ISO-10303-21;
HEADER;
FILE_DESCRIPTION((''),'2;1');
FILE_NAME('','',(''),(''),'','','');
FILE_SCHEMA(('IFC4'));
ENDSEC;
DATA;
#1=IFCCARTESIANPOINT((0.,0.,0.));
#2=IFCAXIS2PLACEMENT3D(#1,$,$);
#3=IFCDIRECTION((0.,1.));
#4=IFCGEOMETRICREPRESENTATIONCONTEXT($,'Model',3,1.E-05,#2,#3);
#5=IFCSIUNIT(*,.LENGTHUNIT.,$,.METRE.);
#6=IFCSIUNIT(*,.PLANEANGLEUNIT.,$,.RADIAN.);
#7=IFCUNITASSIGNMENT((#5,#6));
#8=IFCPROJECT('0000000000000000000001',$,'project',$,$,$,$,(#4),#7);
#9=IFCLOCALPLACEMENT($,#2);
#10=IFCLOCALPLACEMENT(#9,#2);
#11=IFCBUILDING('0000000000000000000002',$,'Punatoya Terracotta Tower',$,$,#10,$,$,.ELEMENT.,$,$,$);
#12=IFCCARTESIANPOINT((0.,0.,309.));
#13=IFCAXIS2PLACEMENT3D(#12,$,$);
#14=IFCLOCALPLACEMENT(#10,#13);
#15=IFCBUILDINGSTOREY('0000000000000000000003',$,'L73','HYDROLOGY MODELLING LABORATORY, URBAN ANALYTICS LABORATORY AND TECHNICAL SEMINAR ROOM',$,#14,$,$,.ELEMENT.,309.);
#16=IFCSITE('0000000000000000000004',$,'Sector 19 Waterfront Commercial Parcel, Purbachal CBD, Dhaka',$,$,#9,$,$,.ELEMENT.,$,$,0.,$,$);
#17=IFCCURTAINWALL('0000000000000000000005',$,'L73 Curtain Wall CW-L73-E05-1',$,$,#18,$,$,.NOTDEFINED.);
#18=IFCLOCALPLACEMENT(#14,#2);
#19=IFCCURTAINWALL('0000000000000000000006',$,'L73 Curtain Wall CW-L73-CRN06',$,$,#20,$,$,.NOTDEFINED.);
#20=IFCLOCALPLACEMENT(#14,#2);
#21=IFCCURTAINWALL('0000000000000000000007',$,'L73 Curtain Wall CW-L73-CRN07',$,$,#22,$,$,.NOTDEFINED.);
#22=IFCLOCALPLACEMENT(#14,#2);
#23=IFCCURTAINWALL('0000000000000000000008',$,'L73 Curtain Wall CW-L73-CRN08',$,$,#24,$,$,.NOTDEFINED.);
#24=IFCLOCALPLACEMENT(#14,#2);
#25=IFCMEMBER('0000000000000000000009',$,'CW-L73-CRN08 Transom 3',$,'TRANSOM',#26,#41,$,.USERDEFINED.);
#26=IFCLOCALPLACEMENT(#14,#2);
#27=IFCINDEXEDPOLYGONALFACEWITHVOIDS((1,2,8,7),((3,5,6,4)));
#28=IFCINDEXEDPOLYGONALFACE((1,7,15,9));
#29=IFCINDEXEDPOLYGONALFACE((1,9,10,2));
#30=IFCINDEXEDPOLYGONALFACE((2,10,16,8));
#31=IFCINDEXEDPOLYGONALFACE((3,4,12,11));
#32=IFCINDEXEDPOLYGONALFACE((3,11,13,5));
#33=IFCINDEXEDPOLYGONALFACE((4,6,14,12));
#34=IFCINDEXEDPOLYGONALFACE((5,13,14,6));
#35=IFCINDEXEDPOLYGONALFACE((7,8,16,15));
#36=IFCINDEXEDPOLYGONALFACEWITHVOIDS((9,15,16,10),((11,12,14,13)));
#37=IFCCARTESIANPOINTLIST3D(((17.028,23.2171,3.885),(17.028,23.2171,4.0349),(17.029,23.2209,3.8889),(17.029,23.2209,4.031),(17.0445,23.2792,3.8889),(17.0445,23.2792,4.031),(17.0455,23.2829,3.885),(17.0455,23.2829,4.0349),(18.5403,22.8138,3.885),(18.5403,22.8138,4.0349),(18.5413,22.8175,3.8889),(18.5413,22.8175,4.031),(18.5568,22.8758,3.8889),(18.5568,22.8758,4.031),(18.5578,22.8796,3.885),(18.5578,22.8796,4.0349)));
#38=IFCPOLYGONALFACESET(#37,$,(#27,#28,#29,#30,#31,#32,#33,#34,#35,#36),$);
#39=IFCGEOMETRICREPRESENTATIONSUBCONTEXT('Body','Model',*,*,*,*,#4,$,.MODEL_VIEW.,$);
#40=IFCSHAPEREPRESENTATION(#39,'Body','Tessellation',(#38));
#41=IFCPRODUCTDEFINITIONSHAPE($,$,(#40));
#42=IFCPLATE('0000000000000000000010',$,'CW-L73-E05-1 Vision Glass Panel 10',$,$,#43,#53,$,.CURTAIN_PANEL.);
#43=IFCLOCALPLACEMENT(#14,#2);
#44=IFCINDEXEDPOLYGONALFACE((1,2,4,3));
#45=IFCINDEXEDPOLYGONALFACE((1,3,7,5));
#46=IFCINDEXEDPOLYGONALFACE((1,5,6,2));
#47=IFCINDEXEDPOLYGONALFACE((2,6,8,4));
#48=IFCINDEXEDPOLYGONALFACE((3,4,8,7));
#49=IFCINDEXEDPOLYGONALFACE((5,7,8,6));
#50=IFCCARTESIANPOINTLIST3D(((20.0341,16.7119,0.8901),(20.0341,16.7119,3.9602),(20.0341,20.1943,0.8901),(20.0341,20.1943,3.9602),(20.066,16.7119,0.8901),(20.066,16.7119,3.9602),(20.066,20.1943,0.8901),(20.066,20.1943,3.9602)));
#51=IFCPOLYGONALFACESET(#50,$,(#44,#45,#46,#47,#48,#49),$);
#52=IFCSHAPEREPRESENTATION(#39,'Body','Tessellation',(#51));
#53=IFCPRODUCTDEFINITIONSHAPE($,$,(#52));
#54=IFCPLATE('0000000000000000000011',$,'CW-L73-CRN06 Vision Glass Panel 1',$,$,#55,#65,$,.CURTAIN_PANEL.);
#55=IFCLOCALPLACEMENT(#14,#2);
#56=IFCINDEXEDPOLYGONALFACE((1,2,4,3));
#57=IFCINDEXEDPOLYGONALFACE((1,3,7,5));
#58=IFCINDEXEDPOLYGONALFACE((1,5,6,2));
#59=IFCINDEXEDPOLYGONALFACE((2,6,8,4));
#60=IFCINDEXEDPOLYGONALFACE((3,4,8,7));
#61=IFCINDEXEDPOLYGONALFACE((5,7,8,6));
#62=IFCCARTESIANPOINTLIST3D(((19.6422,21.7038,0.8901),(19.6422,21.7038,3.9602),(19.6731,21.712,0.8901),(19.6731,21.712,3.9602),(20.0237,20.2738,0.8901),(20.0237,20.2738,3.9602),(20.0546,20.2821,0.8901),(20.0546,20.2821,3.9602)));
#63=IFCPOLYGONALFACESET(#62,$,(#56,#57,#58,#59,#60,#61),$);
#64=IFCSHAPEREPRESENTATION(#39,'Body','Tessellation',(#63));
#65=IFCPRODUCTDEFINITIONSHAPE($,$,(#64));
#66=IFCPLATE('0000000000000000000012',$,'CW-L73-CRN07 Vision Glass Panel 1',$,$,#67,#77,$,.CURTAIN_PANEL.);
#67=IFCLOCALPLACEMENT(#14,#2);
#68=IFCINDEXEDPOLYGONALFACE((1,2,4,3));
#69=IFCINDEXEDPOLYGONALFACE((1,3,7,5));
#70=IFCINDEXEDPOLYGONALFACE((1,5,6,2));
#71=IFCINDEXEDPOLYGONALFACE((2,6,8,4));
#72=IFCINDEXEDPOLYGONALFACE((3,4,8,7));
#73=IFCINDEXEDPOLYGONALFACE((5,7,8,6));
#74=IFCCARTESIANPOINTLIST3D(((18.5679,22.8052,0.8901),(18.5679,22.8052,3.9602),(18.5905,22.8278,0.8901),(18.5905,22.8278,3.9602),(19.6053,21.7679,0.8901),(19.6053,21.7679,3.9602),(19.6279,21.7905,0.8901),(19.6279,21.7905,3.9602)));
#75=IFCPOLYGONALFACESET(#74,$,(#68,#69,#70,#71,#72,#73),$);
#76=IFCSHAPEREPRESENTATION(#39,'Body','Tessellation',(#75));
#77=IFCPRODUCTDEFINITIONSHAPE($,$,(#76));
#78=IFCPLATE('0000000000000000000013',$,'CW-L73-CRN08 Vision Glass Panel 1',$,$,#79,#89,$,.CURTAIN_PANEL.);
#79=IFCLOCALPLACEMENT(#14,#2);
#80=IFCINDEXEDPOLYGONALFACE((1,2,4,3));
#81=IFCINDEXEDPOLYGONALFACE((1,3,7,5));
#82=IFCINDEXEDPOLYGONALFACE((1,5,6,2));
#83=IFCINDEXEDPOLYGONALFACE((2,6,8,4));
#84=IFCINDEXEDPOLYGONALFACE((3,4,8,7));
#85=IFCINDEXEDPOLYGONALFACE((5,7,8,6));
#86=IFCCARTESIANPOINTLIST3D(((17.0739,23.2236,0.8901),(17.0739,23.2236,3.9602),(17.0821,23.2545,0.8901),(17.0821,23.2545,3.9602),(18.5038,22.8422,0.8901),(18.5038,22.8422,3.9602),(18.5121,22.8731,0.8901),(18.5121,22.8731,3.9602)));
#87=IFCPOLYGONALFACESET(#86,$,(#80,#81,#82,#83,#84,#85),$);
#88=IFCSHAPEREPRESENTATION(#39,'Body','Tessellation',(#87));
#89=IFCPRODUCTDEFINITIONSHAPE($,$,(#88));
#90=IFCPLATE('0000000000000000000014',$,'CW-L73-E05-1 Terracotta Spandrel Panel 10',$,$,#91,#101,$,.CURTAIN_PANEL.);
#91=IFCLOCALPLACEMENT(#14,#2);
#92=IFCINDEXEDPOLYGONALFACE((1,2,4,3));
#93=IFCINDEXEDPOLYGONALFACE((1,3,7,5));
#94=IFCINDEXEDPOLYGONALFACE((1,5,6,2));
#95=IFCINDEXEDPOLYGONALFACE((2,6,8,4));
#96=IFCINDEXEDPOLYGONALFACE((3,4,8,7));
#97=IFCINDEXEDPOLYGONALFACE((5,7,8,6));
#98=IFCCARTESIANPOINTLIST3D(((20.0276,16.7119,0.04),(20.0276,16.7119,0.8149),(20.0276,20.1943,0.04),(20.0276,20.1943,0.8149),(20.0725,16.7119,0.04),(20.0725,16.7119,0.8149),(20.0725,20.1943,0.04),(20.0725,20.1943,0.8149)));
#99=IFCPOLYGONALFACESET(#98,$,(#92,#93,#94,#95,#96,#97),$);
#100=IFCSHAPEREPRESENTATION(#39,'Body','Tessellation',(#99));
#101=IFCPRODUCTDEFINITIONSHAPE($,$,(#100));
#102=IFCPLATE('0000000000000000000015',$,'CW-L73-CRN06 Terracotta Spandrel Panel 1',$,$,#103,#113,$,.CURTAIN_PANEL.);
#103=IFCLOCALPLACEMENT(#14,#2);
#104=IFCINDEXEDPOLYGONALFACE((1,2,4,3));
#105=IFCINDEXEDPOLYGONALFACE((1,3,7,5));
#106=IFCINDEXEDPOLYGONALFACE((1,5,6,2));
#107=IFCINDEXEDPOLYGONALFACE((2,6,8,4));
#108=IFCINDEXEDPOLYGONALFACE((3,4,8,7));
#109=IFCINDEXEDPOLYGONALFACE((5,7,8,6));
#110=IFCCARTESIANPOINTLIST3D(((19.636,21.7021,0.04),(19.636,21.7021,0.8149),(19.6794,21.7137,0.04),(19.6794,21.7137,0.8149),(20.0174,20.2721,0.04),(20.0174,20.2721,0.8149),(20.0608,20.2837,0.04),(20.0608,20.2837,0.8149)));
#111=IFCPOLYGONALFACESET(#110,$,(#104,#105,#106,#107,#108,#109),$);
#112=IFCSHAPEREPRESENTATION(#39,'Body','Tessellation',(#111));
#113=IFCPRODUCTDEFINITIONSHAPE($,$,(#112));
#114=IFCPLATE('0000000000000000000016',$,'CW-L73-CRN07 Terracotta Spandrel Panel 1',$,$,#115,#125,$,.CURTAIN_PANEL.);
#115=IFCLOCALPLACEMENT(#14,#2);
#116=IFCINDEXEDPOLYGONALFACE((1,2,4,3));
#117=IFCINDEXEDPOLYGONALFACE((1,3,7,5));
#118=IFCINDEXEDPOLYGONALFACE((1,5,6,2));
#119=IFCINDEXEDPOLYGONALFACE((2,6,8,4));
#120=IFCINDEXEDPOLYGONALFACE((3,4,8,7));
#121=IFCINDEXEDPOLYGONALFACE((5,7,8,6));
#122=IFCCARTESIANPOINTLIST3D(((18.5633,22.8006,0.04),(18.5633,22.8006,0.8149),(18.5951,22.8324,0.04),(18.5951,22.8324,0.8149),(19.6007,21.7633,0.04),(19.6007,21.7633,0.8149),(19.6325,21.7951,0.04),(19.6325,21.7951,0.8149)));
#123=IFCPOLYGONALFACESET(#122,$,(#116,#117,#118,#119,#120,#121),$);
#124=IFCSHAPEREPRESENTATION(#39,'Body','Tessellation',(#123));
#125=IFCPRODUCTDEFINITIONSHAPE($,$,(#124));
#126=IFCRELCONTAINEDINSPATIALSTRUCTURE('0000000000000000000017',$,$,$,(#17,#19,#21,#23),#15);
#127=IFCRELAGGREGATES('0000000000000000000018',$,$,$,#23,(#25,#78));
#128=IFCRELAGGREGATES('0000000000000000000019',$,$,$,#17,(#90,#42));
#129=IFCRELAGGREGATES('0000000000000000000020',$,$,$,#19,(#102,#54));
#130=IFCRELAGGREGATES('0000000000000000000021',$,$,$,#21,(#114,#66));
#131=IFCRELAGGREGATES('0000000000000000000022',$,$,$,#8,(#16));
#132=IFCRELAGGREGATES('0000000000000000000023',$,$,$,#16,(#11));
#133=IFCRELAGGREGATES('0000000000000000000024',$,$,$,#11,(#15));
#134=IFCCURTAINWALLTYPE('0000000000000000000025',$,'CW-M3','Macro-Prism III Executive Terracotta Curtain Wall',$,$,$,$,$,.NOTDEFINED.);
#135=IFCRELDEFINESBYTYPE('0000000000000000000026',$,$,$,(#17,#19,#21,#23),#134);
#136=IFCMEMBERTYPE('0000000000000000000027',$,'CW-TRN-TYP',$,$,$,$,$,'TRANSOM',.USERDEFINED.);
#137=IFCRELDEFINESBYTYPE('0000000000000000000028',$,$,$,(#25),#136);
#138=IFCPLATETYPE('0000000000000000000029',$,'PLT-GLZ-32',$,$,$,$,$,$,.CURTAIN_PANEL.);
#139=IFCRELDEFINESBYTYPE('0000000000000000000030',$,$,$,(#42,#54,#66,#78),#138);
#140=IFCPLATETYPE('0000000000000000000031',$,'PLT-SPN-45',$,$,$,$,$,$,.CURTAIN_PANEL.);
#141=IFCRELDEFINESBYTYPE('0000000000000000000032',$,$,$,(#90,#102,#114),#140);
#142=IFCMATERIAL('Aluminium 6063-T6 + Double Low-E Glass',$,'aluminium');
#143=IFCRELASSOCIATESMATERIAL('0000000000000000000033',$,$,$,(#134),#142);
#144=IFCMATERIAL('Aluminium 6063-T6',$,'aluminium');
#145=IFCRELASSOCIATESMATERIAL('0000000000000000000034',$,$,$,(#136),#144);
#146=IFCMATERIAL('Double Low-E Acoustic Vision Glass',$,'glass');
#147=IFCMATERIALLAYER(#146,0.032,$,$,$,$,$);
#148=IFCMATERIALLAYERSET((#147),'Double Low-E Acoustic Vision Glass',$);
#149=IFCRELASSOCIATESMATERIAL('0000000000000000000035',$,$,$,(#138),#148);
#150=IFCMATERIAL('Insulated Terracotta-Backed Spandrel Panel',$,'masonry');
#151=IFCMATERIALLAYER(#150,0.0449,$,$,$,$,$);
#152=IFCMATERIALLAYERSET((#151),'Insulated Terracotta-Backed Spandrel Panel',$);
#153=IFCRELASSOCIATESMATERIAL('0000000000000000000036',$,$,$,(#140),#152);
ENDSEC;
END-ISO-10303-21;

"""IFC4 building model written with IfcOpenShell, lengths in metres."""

from ifc_helpers import new_model, si_unit, direction, frame, origin, origin_2d, place, context, subcontext, project, spatial, rectangle, hollow_rectangle, extrude, material, layer, layer_set, material_profile, profile_set, type_object, element, aggregate, save


model = new_model("IFC4")

# Units and contexts
model_context = context("Model", 3, precision=1e-05, world=origin(), true_north=direction((0.0, 1.0)))
body_context = subcontext(model_context, "Body", "Model", "MODEL_VIEW")
ifc_project = project(units=[si_unit("LENGTHUNIT", "METRE"), si_unit("PLANEANGLEUNIT", "RADIAN")], contexts=[model_context])

# Site, building, storey
site_placement = place(None, origin())
site = spatial("IfcSite", under=ifc_project, at=site_placement, Name="Sector 19 Waterfront Commercial Parcel, Purbachal CBD, Dhaka", CompositionType="ELEMENT", RefElevation=0.0)
building_placement = place(site_placement, origin())
building = spatial("IfcBuilding", under=site, at=building_placement, Name="Punatoya Terracotta Tower", CompositionType="ELEMENT")
storey_placement = place(building_placement, frame((0.0, 0.0, 309.0)))
storey = spatial("IfcBuildingStorey", under=building, at=storey_placement, Name="L73", Description="HYDROLOGY MODELLING LABORATORY, URBAN ANALYTICS LABORATORY AND TECHNICAL SEMINAR ROOM", CompositionType="ELEMENT", Elevation=309.0)

# Curtain walls
ifc_material_1 = material(Name="Aluminium 6063-T6 + Double Low-E Glass", Category="aluminium")
curtain_wall_type = type_object("IfcCurtainWallType", Name="CW-M3", Description="Macro-Prism III Executive Terracotta Curtain Wall", PredefinedType="NOTDEFINED", material=ifc_material_1)
curtain_wall_1_placement = place(storey_placement, origin())
curtain_wall_1 = element("IfcCurtainWall", 1, at=curtain_wall_1_placement, inside=storey, type_object=curtain_wall_type, Name="L73 Curtain Wall CW-L73-E05-1", PredefinedType="NOTDEFINED")
ifc_material_2 = material(Name="Aluminium 6063-T6", Category="aluminium")
curtain_wall_2_placement = place(storey_placement, origin())
curtain_wall_2 = element("IfcCurtainWall", 2, at=curtain_wall_2_placement, inside=storey, type_object=curtain_wall_type, Name="L73 Curtain Wall CW-L73-CRN06", PredefinedType="NOTDEFINED")
curtain_wall_3_placement = place(storey_placement, origin())
curtain_wall_3 = element("IfcCurtainWall", 3, at=curtain_wall_3_placement, inside=storey, type_object=curtain_wall_type, Name="L73 Curtain Wall CW-L73-CRN07", PredefinedType="NOTDEFINED")

# Curtain wall
curtain_wall_4_placement = place(storey_placement, origin())
curtain_wall_4 = element("IfcCurtainWall", 4, at=curtain_wall_4_placement, inside=storey, type_object=curtain_wall_type, Name="L73 Curtain Wall CW-L73-CRN08", PredefinedType="NOTDEFINED")

# Member
ifc_material_profile_1 = material_profile(ifc_material_2, hollow_rectangle(XDim=0.0681, YDim=0.1499, WallThickness=0.0039, at=origin_2d()))
ifc_profile_set_1 = profile_set([ifc_material_profile_1], Name="Aluminium 6063-T6")
member_type_1 = type_object("IfcMemberType", Name="CW-TRN-TYP", ElementType="TRANSOM", PredefinedType="USERDEFINED", material=ifc_profile_set_1)
member_1_placement = place(storey_placement, frame((18.5491, 22.8467, 3.96), z_axis=(-0.966225, 0.257701, 0.0), x_axis=(-0.257701, -0.966225, 0.0)))
member_1 = element("IfcMember", 5, at=member_1_placement, type_object=member_type_1, Name="CW-L73-CRN08 Transom 3", ObjectType="TRANSOM", PredefinedType="USERDEFINED", context=body_context, shape_type="SweptSolid", body=[
    extrude(hollow_rectangle(XDim=0.0681, YDim=0.1499, WallThickness=0.0039, at=origin_2d()), origin(), (0.0, 0.0, 1.0), 1.5652),
])

# Plates
ifc_material_3 = material(Name="Double Low-E Acoustic Vision Glass", Category="glass")
ifc_layer_1 = layer(ifc_material_3, 0.032)
ifc_layer_set_1 = layer_set([ifc_layer_1], Name="Double Low-E Acoustic Vision Glass")
plate_type_1 = type_object("IfcPlateType", Name="PLT-GLZ-32", PredefinedType="CURTAIN_PANEL", material=ifc_layer_set_1)
plate_1_placement = place(storey_placement, frame((20.05, 18.4531, 0.8901), z_axis=(0.0, 0.0, 1.0), x_axis=(0.0, 1.0, 0.0)))
plate_1 = element("IfcPlate", 6, at=plate_1_placement, type_object=plate_type_1, Name="CW-L73-E05-1 Vision Glass Panel 10", PredefinedType="CURTAIN_PANEL", context=body_context, shape_type="SweptSolid", body=[
    extrude(rectangle(XDim=3.4824, YDim=0.032, at=origin_2d()), origin(), (0.0, 0.0, 1.0), 3.0701),
])
plate_2_placement = place(storey_placement, frame((19.8484, 20.9929, 0.8901), z_axis=(0.0, 0.0, 1.0), x_axis=(-0.257742, 0.966214, 0.0)))
plate_2 = element("IfcPlate", 7, at=plate_2_placement, type_object=plate_type_1, Name="CW-L73-CRN06 Vision Glass Panel 1", PredefinedType="CURTAIN_PANEL", context=body_context, shape_type="SweptSolid", body=[
    extrude(rectangle(XDim=1.48, YDim=0.032, at=origin_2d()), origin(), (0.0, 0.0, 1.0), 3.0701),
])
plate_3_placement = place(storey_placement, frame((19.0979, 22.2979, 0.8901), z_axis=(0.0, 0.0, 1.0), x_axis=(-0.707107, 0.707107, 0.0)))
plate_3 = element("IfcPlate", 8, at=plate_3_placement, type_object=plate_type_1, Name="CW-L73-CRN07 Vision Glass Panel 1", PredefinedType="CURTAIN_PANEL", context=body_context, shape_type="SweptSolid", body=[
    extrude(rectangle(XDim=1.467, YDim=0.032, at=origin_2d()), origin(), (0.0, 0.0, 1.0), 3.0701),
])
plate_4_placement = place(storey_placement, frame((17.793, 23.0483, 0.8901), z_axis=(0.0, 0.0, 1.0), x_axis=(-0.966214, 0.257742, 0.0)))
plate_4 = element("IfcPlate", 9, at=plate_4_placement, type_object=plate_type_1, Name="CW-L73-CRN08 Vision Glass Panel 1", PredefinedType="CURTAIN_PANEL", context=body_context, shape_type="SweptSolid", body=[
    extrude(rectangle(XDim=1.48, YDim=0.032, at=origin_2d()), origin(), (0.0, 0.0, 1.0), 3.0701),
])
aggregate(curtain_wall_4, [member_1, plate_4])
ifc_material_4 = material(Name="Insulated Terracotta-Backed Spandrel Panel", Category="masonry")
ifc_layer_2 = layer(ifc_material_4, 0.0449)
ifc_layer_set_2 = layer_set([ifc_layer_2], Name="Insulated Terracotta-Backed Spandrel Panel")
plate_type_2 = type_object("IfcPlateType", Name="PLT-SPN-45", PredefinedType="CURTAIN_PANEL", material=ifc_layer_set_2)
plate_5_placement = place(storey_placement, frame((20.05, 18.4531, 0.04), z_axis=(0.0, 0.0, 1.0), x_axis=(0.0, 1.0, 0.0)))
plate_5 = element("IfcPlate", 10, at=plate_5_placement, type_object=plate_type_2, Name="CW-L73-E05-1 Terracotta Spandrel Panel 10", PredefinedType="CURTAIN_PANEL", context=body_context, shape_type="SweptSolid", body=[
    extrude(rectangle(XDim=3.4824, YDim=0.0449, at=origin_2d()), origin(), (0.0, 0.0, 1.0), 0.7749),
])
aggregate(curtain_wall_1, [plate_5, plate_1])
plate_6_placement = place(storey_placement, frame((19.8484, 20.9929, 0.04), z_axis=(0.0, 0.0, 1.0), x_axis=(-0.257742, 0.966214, 0.0)))
plate_6 = element("IfcPlate", 11, at=plate_6_placement, type_object=plate_type_2, Name="CW-L73-CRN06 Terracotta Spandrel Panel 1", PredefinedType="CURTAIN_PANEL", context=body_context, shape_type="SweptSolid", body=[
    extrude(rectangle(XDim=1.48, YDim=0.0449, at=origin_2d()), origin(), (0.0, 0.0, 1.0), 0.7749),
])
aggregate(curtain_wall_2, [plate_6, plate_2])
plate_7_placement = place(storey_placement, frame((19.0979, 22.2979, 0.04), z_axis=(0.0, 0.0, 1.0), x_axis=(-0.707107, 0.707107, 0.0)))
plate_7 = element("IfcPlate", 12, at=plate_7_placement, type_object=plate_type_2, Name="CW-L73-CRN07 Terracotta Spandrel Panel 1", PredefinedType="CURTAIN_PANEL", context=body_context, shape_type="SweptSolid", body=[
    extrude(rectangle(XDim=1.467, YDim=0.0449, at=origin_2d()), origin(), (0.0, 0.0, 1.0), 0.7749),
])
aggregate(curtain_wall_3, [plate_7, plate_3])

save(model, "model.ifc")
